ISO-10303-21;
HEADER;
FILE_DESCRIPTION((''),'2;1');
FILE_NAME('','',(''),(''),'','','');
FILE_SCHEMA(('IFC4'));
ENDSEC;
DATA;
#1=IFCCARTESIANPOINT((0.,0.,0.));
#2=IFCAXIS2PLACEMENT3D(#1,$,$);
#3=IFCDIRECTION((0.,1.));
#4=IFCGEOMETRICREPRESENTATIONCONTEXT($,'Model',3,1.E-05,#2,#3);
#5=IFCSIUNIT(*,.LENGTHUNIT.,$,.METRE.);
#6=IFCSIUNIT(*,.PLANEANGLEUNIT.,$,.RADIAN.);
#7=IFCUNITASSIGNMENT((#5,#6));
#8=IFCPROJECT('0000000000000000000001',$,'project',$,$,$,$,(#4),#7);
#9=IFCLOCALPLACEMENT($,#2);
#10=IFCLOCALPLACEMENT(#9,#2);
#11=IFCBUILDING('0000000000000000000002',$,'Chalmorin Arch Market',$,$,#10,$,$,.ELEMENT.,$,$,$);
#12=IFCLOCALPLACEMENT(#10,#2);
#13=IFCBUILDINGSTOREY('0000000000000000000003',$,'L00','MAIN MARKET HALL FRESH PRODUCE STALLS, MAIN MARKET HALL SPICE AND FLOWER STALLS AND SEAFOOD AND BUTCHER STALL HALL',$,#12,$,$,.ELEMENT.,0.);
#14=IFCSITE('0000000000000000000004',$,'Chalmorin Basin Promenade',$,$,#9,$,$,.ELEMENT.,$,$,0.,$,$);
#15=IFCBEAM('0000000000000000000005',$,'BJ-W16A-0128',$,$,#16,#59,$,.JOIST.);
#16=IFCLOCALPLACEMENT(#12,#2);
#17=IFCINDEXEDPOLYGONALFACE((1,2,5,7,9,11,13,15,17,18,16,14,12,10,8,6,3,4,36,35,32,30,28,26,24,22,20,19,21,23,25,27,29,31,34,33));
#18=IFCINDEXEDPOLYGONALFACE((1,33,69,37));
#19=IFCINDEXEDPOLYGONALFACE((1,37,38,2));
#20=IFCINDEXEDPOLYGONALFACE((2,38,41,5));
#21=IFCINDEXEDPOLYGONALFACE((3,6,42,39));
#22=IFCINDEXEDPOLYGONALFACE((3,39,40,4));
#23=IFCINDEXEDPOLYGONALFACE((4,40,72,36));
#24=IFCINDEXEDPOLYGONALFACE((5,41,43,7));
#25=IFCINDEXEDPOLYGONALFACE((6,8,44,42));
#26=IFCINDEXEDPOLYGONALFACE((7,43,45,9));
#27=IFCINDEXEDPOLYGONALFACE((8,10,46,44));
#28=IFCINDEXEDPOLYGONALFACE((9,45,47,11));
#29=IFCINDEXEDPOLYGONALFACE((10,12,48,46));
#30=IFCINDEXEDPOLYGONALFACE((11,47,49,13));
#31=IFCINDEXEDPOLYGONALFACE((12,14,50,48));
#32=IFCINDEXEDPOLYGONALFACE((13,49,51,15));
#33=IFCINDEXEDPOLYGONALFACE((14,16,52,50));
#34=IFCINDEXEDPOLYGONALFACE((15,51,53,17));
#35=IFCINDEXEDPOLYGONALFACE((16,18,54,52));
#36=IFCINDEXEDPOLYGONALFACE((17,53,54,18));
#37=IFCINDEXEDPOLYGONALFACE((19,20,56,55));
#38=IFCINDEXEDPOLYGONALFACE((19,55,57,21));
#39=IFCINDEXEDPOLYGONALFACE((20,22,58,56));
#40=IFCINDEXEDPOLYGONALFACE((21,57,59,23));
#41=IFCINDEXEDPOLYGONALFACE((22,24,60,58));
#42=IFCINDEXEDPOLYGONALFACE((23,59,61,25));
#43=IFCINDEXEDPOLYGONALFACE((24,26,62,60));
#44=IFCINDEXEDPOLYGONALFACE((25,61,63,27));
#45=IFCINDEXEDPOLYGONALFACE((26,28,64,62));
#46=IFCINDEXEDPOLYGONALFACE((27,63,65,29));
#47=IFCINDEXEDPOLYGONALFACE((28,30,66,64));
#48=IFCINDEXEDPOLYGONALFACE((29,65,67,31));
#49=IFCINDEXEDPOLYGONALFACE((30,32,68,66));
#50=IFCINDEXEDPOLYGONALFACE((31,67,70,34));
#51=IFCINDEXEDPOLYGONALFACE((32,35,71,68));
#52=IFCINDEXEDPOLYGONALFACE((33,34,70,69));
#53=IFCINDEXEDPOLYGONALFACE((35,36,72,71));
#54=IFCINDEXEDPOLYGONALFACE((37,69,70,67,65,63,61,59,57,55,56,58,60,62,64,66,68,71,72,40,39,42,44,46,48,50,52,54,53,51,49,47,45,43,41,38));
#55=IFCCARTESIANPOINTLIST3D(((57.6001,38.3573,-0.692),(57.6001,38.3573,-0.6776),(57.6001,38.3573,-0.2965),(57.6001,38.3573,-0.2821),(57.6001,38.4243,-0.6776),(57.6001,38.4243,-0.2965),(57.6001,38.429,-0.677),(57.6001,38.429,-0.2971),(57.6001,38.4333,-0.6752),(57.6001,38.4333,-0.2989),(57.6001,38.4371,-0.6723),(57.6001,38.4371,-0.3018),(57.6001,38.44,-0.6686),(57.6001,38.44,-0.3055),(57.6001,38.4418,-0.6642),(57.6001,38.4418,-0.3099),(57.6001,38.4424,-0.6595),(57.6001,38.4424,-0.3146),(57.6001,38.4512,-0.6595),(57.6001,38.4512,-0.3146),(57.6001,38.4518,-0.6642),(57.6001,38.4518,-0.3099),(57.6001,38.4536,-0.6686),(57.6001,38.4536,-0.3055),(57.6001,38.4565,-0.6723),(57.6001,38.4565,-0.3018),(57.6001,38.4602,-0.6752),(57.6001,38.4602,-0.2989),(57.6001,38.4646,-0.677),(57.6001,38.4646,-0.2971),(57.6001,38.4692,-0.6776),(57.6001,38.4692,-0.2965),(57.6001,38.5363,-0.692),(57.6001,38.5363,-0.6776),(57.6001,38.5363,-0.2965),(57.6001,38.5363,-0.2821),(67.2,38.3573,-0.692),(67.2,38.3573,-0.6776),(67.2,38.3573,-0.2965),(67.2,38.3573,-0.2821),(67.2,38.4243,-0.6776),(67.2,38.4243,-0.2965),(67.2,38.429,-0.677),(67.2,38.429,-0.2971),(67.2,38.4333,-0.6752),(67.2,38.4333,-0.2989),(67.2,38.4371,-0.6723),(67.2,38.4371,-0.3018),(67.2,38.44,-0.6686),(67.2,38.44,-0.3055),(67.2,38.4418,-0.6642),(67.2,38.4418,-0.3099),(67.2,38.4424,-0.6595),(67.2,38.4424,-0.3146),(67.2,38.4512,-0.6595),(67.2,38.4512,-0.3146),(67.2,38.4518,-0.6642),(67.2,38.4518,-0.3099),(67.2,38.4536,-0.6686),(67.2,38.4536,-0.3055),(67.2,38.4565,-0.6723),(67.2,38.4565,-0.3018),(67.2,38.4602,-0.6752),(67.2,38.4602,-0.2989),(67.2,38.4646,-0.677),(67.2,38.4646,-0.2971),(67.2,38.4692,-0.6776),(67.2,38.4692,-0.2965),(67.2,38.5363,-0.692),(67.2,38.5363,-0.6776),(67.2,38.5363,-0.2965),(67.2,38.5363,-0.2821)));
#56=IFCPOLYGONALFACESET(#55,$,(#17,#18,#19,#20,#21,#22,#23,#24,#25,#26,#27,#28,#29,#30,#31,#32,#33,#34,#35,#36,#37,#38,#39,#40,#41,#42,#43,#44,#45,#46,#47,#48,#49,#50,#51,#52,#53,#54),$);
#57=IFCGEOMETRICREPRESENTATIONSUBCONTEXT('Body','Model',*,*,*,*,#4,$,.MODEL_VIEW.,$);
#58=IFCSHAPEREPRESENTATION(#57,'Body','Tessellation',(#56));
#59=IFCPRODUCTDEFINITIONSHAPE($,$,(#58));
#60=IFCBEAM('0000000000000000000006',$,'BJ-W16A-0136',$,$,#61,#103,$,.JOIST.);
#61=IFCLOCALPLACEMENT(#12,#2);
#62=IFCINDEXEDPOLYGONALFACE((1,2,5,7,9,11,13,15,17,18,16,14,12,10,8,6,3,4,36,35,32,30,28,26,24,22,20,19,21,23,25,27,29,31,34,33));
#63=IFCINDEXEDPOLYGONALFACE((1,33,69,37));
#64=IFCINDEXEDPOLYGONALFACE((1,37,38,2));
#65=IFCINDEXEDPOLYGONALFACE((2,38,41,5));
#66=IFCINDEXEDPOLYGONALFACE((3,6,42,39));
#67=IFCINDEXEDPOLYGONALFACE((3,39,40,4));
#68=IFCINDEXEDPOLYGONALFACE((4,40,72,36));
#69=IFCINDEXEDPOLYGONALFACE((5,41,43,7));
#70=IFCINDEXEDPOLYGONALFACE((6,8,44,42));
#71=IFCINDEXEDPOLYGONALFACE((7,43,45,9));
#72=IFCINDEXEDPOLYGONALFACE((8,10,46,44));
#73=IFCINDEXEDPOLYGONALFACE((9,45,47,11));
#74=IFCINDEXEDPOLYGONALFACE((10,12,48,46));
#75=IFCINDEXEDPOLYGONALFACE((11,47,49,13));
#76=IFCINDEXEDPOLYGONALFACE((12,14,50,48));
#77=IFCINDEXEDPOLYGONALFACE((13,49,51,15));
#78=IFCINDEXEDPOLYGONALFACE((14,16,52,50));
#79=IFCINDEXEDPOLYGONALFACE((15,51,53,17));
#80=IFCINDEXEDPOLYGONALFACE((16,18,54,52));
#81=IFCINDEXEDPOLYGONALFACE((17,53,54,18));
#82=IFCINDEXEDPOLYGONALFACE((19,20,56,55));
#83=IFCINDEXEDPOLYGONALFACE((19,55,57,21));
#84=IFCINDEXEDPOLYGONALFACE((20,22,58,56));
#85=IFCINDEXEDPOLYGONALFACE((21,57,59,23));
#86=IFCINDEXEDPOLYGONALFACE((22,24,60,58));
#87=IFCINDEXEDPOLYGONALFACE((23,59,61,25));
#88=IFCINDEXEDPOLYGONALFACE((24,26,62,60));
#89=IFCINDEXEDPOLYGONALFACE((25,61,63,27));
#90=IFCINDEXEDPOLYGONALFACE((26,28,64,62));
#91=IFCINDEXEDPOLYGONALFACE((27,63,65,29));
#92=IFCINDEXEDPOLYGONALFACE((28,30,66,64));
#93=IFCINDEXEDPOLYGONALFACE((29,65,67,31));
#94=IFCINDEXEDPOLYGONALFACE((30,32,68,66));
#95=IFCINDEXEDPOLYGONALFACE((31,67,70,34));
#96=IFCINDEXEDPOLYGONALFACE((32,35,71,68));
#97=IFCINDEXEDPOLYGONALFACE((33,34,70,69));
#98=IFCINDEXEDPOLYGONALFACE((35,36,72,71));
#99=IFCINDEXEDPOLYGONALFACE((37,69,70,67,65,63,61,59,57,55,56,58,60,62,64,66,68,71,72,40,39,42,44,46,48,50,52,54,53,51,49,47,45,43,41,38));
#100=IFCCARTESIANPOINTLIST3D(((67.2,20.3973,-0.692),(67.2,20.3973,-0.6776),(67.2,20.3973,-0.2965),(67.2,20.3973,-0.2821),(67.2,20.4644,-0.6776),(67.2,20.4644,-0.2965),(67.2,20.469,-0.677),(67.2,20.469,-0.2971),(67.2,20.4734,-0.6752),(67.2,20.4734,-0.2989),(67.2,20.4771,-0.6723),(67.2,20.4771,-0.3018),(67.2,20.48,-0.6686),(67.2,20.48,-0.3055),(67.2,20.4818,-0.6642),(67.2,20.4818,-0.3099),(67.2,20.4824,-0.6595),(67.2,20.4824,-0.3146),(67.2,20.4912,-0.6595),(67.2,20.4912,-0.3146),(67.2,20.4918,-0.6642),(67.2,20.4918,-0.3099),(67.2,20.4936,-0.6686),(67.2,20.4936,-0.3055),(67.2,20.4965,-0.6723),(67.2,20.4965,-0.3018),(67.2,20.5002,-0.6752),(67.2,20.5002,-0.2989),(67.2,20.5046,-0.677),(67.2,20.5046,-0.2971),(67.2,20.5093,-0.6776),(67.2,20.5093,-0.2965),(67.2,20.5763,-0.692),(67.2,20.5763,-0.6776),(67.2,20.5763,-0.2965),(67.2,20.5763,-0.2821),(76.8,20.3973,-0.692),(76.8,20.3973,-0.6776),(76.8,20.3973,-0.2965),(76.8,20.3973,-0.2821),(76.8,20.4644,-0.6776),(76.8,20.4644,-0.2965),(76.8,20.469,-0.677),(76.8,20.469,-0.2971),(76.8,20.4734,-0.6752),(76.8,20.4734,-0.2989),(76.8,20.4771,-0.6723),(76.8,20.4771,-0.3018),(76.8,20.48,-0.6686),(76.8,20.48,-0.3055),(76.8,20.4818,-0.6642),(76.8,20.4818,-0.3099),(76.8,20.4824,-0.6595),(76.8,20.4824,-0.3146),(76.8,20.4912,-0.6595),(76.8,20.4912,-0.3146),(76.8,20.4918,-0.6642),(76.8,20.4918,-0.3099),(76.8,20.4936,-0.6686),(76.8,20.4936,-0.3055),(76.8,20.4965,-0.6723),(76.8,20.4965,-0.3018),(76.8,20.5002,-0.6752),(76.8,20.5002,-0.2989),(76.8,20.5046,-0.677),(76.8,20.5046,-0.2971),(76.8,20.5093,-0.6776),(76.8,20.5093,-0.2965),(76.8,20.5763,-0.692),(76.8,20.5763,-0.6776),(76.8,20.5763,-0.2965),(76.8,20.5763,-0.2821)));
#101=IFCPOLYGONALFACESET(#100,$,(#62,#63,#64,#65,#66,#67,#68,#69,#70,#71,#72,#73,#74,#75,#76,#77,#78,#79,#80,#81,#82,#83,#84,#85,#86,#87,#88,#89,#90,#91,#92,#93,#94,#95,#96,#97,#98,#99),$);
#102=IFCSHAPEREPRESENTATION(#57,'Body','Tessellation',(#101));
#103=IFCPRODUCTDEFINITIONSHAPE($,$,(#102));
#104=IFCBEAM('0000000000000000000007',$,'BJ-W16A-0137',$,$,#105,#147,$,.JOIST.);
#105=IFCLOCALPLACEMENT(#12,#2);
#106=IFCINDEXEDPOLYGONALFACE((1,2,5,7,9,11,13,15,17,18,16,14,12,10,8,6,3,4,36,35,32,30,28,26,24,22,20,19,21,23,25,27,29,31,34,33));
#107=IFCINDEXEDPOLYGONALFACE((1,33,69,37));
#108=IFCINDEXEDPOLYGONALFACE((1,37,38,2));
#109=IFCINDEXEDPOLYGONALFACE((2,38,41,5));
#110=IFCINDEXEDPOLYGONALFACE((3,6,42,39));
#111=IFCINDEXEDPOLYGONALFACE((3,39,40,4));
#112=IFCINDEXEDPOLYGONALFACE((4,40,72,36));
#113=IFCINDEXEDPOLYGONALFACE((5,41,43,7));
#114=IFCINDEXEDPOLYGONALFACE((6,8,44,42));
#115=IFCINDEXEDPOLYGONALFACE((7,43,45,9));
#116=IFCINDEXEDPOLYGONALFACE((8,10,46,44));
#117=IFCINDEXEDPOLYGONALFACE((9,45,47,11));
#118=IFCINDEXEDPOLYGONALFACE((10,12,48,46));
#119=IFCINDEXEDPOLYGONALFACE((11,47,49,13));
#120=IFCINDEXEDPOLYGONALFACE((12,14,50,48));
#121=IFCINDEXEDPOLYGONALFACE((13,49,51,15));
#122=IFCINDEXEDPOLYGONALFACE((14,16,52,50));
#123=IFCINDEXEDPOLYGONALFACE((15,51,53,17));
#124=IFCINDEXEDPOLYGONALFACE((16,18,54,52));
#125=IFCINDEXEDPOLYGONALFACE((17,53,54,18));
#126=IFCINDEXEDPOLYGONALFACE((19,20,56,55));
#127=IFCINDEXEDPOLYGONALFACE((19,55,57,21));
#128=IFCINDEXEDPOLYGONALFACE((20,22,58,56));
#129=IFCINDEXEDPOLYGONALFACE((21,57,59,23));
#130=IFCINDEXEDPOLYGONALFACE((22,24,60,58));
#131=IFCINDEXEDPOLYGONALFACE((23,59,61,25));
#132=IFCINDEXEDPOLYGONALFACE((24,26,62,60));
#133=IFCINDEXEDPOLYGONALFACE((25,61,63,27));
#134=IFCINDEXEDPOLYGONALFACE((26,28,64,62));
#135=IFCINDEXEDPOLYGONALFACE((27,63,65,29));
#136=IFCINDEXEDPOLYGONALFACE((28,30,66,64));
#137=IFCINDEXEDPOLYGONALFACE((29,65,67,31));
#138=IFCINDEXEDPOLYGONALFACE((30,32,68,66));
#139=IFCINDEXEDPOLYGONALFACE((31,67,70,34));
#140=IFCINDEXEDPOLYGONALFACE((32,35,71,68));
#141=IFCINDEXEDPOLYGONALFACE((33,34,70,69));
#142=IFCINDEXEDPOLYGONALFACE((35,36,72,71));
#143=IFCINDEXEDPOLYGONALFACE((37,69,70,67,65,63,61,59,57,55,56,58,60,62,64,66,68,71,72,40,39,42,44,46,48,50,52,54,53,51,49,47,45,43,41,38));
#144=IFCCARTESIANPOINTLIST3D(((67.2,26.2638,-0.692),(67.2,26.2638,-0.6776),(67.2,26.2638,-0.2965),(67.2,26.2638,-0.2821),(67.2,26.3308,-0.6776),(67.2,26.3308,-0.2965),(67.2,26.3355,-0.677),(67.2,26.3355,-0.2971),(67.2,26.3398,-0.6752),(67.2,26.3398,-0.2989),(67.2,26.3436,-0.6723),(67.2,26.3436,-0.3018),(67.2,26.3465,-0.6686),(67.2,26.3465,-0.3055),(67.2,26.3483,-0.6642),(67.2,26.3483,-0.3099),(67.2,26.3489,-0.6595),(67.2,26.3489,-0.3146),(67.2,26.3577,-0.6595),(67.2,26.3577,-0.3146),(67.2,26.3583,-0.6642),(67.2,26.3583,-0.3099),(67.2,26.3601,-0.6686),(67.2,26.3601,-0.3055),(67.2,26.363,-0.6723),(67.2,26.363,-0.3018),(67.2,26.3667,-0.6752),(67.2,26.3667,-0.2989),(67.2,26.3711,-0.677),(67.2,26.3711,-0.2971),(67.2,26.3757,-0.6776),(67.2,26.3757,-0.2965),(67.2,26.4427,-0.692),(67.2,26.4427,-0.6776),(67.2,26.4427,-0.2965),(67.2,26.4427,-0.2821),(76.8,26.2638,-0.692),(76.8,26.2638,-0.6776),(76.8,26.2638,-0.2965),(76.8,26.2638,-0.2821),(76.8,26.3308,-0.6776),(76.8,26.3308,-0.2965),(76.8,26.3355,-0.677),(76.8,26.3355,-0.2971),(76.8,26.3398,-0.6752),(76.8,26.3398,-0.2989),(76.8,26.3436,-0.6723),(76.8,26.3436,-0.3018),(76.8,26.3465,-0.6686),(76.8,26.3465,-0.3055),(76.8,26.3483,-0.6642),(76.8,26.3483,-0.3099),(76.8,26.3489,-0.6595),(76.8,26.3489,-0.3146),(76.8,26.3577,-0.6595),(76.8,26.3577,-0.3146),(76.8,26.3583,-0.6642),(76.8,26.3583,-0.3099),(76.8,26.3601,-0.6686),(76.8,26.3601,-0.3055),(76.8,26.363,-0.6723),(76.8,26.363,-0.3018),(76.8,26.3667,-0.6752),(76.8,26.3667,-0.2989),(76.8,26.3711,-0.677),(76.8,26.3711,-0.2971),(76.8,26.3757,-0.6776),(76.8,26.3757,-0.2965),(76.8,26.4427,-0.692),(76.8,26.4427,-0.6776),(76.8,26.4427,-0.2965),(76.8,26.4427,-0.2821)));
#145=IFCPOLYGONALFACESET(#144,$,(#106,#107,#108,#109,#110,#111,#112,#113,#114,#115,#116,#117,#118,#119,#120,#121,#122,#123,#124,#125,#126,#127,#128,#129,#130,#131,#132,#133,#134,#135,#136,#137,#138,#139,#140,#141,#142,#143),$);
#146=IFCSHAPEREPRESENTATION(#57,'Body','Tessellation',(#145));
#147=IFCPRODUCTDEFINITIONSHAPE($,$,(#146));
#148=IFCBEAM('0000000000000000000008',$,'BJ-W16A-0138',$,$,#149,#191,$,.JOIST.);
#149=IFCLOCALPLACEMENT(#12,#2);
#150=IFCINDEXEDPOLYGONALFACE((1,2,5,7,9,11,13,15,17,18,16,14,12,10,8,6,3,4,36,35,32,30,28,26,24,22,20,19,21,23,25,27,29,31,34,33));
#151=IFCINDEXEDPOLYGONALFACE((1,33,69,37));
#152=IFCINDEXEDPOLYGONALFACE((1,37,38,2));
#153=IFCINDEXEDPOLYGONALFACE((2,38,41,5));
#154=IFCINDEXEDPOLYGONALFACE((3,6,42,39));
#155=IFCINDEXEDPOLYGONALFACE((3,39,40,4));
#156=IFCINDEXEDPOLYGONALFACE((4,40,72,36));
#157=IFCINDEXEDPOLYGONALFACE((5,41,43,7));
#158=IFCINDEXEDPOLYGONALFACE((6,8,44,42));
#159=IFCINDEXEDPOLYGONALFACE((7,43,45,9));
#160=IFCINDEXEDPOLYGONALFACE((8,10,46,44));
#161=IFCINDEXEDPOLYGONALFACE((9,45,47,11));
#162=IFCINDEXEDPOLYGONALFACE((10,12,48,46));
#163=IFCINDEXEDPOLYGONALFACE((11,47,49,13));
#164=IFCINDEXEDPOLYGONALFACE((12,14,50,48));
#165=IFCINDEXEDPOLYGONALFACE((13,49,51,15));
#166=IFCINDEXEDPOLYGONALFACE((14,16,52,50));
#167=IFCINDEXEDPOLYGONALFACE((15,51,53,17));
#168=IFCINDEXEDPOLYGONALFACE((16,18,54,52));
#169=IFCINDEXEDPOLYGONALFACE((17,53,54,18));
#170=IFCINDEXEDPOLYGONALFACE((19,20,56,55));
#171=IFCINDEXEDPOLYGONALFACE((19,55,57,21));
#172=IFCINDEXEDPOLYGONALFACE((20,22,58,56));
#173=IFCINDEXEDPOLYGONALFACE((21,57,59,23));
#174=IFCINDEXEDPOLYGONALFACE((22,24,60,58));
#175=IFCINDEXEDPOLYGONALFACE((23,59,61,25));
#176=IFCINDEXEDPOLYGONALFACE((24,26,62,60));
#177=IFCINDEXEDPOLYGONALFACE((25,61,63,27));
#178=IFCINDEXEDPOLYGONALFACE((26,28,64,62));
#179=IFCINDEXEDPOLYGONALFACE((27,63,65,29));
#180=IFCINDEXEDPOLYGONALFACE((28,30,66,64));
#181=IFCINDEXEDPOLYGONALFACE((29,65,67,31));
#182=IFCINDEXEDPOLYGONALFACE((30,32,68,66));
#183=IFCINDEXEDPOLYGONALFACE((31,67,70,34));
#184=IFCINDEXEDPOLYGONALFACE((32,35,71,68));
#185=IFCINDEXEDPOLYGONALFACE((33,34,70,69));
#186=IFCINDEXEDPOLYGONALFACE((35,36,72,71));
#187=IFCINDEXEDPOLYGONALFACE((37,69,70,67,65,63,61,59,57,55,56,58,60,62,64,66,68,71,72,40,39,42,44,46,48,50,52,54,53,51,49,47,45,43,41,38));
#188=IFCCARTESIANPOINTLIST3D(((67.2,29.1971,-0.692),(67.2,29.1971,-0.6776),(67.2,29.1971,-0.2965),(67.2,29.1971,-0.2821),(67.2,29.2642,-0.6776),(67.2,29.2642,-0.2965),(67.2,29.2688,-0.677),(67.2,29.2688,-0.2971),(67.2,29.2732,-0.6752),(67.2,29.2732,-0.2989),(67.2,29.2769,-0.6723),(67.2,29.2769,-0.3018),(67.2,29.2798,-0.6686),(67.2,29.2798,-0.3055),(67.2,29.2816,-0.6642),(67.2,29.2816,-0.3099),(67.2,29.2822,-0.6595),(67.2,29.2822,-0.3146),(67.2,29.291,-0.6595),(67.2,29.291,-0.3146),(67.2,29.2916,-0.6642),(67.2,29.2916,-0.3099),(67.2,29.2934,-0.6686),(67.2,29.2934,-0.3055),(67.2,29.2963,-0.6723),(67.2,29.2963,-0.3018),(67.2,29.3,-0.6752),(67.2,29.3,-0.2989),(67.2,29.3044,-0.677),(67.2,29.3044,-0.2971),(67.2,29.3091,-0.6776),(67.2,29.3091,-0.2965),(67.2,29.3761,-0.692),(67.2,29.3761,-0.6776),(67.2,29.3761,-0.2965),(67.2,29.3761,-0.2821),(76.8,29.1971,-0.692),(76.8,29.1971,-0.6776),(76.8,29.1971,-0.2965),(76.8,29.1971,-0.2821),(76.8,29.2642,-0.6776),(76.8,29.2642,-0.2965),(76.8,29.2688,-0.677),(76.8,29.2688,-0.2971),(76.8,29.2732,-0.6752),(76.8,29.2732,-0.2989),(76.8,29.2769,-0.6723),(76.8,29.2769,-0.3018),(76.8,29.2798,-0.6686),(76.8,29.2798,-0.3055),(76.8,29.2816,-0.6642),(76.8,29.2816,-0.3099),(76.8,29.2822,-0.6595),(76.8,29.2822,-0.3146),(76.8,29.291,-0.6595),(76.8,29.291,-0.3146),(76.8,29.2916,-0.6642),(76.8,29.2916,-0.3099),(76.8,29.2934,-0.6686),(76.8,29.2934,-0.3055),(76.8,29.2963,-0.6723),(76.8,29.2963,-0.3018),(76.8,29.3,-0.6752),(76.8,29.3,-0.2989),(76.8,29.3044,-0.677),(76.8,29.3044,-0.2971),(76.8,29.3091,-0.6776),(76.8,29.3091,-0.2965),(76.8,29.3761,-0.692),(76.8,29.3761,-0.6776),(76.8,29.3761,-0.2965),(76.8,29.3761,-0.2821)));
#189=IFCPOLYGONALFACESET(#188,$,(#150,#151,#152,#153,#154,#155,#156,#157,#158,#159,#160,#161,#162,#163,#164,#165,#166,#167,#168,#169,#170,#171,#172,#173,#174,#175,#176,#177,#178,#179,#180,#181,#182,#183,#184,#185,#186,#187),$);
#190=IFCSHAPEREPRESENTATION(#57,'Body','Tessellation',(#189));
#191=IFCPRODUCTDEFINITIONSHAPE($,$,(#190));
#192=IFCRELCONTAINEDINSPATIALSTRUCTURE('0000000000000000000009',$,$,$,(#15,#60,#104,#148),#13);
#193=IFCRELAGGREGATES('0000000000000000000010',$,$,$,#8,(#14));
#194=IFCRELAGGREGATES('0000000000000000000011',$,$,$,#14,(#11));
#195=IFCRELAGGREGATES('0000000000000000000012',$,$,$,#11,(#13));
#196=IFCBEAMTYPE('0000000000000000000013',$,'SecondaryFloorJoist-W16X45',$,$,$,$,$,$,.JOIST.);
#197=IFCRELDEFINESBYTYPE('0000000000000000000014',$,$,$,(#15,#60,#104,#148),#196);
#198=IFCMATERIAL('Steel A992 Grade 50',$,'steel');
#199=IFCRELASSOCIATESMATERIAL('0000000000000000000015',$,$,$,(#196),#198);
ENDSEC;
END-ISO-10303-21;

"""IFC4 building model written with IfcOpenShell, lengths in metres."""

from ifc_helpers import new_model, si_unit, direction, frame, origin, origin_2d, place, context, subcontext, project, spatial, i_section, extrude, material, material_profile, profile_set, type_object, element, save


model = new_model("IFC4")

# Units and contexts
model_context = context("Model", 3, precision=1e-05, world=origin(), true_north=direction((0.0, 1.0)))
body_context = subcontext(model_context, "Body", "Model", "MODEL_VIEW")
ifc_project = project(units=[si_unit("LENGTHUNIT", "METRE"), si_unit("PLANEANGLEUNIT", "RADIAN")], contexts=[model_context])

# Site, building, storey
site_placement = place(None, origin())
site = spatial("IfcSite", under=ifc_project, at=site_placement, Name="Chalmorin Basin Promenade", CompositionType="ELEMENT", RefElevation=0.0)
building_placement = place(site_placement, origin())
building = spatial("IfcBuilding", under=site, at=building_placement, Name="Chalmorin Arch Market", CompositionType="ELEMENT")
storey_placement = place(building_placement, origin())
storey = spatial("IfcBuildingStorey", under=building, at=storey_placement, Name="L00", Description="MAIN MARKET HALL FRESH PRODUCE STALLS, MAIN MARKET HALL SPICE AND FLOWER STALLS AND SEAFOOD AND BUTCHER STALL HALL", CompositionType="ELEMENT", Elevation=0.0)

# Beams
ifc_material_1 = material(Name="Steel A992 Grade 50", Category="steel")
ifc_material_profile_1 = material_profile(ifc_material_1, i_section(OverallWidth=0.179, OverallDepth=0.4099, WebThickness=0.0088, FlangeThickness=0.0144, FilletRadius=0.0181, at=origin_2d()), Name="W16X45")
ifc_profile_set_1 = profile_set([ifc_material_profile_1], Name="Steel A992 Grade 50")
beam_type_1 = type_object("IfcBeamType", Name="SecondaryFloorJoist-W16X45", PredefinedType="JOIST", material=ifc_profile_set_1)
for number, where, z_axis, x_axis, name in (
    (1, (57.6001, 38.4468, -0.4871), (1.0, 0.0, 0.0), (0.0, 1.0, 0.0), "BJ-W16A-0128"),
):
    element("IfcBeam", number, at=place(storey_placement, frame(where, z_axis=z_axis, x_axis=x_axis)), inside=storey, type_object=beam_type_1, Name=name, PredefinedType="JOIST", context=body_context, shape_type="SweptSolid", body=[
        extrude(i_section(OverallWidth=0.179, OverallDepth=0.4099, WebThickness=0.0088, FlangeThickness=0.0144, FilletRadius=0.0181, at=origin_2d()), origin(), (0.0, 0.0, 1.0), 9.5999),
    ])
for number, where, z_axis, x_axis, name in (
    (2, (67.2, 20.4868, -0.4871), (1.0, 0.0, 0.0), (0.0, 1.0, 0.0), "BJ-W16A-0136"),
    (3, (67.2, 26.3533, -0.4871), (1.0, 0.0, 0.0), (0.0, 1.0, 0.0), "BJ-W16A-0137"),
    (4, (67.2, 29.2866, -0.4871), (1.0, 0.0, 0.0), (0.0, 1.0, 0.0), "BJ-W16A-0138"),
):
    element("IfcBeam", number, at=place(storey_placement, frame(where, z_axis=z_axis, x_axis=x_axis)), inside=storey, type_object=beam_type_1, Name=name, PredefinedType="JOIST", context=body_context, shape_type="SweptSolid", body=[
        extrude(i_section(OverallWidth=0.179, OverallDepth=0.4099, WebThickness=0.0088, FlangeThickness=0.0144, FilletRadius=0.0181, at=origin_2d()), origin(), (0.0, 0.0, 1.0), 9.6001),
    ])

save(model, "model.ifc")
